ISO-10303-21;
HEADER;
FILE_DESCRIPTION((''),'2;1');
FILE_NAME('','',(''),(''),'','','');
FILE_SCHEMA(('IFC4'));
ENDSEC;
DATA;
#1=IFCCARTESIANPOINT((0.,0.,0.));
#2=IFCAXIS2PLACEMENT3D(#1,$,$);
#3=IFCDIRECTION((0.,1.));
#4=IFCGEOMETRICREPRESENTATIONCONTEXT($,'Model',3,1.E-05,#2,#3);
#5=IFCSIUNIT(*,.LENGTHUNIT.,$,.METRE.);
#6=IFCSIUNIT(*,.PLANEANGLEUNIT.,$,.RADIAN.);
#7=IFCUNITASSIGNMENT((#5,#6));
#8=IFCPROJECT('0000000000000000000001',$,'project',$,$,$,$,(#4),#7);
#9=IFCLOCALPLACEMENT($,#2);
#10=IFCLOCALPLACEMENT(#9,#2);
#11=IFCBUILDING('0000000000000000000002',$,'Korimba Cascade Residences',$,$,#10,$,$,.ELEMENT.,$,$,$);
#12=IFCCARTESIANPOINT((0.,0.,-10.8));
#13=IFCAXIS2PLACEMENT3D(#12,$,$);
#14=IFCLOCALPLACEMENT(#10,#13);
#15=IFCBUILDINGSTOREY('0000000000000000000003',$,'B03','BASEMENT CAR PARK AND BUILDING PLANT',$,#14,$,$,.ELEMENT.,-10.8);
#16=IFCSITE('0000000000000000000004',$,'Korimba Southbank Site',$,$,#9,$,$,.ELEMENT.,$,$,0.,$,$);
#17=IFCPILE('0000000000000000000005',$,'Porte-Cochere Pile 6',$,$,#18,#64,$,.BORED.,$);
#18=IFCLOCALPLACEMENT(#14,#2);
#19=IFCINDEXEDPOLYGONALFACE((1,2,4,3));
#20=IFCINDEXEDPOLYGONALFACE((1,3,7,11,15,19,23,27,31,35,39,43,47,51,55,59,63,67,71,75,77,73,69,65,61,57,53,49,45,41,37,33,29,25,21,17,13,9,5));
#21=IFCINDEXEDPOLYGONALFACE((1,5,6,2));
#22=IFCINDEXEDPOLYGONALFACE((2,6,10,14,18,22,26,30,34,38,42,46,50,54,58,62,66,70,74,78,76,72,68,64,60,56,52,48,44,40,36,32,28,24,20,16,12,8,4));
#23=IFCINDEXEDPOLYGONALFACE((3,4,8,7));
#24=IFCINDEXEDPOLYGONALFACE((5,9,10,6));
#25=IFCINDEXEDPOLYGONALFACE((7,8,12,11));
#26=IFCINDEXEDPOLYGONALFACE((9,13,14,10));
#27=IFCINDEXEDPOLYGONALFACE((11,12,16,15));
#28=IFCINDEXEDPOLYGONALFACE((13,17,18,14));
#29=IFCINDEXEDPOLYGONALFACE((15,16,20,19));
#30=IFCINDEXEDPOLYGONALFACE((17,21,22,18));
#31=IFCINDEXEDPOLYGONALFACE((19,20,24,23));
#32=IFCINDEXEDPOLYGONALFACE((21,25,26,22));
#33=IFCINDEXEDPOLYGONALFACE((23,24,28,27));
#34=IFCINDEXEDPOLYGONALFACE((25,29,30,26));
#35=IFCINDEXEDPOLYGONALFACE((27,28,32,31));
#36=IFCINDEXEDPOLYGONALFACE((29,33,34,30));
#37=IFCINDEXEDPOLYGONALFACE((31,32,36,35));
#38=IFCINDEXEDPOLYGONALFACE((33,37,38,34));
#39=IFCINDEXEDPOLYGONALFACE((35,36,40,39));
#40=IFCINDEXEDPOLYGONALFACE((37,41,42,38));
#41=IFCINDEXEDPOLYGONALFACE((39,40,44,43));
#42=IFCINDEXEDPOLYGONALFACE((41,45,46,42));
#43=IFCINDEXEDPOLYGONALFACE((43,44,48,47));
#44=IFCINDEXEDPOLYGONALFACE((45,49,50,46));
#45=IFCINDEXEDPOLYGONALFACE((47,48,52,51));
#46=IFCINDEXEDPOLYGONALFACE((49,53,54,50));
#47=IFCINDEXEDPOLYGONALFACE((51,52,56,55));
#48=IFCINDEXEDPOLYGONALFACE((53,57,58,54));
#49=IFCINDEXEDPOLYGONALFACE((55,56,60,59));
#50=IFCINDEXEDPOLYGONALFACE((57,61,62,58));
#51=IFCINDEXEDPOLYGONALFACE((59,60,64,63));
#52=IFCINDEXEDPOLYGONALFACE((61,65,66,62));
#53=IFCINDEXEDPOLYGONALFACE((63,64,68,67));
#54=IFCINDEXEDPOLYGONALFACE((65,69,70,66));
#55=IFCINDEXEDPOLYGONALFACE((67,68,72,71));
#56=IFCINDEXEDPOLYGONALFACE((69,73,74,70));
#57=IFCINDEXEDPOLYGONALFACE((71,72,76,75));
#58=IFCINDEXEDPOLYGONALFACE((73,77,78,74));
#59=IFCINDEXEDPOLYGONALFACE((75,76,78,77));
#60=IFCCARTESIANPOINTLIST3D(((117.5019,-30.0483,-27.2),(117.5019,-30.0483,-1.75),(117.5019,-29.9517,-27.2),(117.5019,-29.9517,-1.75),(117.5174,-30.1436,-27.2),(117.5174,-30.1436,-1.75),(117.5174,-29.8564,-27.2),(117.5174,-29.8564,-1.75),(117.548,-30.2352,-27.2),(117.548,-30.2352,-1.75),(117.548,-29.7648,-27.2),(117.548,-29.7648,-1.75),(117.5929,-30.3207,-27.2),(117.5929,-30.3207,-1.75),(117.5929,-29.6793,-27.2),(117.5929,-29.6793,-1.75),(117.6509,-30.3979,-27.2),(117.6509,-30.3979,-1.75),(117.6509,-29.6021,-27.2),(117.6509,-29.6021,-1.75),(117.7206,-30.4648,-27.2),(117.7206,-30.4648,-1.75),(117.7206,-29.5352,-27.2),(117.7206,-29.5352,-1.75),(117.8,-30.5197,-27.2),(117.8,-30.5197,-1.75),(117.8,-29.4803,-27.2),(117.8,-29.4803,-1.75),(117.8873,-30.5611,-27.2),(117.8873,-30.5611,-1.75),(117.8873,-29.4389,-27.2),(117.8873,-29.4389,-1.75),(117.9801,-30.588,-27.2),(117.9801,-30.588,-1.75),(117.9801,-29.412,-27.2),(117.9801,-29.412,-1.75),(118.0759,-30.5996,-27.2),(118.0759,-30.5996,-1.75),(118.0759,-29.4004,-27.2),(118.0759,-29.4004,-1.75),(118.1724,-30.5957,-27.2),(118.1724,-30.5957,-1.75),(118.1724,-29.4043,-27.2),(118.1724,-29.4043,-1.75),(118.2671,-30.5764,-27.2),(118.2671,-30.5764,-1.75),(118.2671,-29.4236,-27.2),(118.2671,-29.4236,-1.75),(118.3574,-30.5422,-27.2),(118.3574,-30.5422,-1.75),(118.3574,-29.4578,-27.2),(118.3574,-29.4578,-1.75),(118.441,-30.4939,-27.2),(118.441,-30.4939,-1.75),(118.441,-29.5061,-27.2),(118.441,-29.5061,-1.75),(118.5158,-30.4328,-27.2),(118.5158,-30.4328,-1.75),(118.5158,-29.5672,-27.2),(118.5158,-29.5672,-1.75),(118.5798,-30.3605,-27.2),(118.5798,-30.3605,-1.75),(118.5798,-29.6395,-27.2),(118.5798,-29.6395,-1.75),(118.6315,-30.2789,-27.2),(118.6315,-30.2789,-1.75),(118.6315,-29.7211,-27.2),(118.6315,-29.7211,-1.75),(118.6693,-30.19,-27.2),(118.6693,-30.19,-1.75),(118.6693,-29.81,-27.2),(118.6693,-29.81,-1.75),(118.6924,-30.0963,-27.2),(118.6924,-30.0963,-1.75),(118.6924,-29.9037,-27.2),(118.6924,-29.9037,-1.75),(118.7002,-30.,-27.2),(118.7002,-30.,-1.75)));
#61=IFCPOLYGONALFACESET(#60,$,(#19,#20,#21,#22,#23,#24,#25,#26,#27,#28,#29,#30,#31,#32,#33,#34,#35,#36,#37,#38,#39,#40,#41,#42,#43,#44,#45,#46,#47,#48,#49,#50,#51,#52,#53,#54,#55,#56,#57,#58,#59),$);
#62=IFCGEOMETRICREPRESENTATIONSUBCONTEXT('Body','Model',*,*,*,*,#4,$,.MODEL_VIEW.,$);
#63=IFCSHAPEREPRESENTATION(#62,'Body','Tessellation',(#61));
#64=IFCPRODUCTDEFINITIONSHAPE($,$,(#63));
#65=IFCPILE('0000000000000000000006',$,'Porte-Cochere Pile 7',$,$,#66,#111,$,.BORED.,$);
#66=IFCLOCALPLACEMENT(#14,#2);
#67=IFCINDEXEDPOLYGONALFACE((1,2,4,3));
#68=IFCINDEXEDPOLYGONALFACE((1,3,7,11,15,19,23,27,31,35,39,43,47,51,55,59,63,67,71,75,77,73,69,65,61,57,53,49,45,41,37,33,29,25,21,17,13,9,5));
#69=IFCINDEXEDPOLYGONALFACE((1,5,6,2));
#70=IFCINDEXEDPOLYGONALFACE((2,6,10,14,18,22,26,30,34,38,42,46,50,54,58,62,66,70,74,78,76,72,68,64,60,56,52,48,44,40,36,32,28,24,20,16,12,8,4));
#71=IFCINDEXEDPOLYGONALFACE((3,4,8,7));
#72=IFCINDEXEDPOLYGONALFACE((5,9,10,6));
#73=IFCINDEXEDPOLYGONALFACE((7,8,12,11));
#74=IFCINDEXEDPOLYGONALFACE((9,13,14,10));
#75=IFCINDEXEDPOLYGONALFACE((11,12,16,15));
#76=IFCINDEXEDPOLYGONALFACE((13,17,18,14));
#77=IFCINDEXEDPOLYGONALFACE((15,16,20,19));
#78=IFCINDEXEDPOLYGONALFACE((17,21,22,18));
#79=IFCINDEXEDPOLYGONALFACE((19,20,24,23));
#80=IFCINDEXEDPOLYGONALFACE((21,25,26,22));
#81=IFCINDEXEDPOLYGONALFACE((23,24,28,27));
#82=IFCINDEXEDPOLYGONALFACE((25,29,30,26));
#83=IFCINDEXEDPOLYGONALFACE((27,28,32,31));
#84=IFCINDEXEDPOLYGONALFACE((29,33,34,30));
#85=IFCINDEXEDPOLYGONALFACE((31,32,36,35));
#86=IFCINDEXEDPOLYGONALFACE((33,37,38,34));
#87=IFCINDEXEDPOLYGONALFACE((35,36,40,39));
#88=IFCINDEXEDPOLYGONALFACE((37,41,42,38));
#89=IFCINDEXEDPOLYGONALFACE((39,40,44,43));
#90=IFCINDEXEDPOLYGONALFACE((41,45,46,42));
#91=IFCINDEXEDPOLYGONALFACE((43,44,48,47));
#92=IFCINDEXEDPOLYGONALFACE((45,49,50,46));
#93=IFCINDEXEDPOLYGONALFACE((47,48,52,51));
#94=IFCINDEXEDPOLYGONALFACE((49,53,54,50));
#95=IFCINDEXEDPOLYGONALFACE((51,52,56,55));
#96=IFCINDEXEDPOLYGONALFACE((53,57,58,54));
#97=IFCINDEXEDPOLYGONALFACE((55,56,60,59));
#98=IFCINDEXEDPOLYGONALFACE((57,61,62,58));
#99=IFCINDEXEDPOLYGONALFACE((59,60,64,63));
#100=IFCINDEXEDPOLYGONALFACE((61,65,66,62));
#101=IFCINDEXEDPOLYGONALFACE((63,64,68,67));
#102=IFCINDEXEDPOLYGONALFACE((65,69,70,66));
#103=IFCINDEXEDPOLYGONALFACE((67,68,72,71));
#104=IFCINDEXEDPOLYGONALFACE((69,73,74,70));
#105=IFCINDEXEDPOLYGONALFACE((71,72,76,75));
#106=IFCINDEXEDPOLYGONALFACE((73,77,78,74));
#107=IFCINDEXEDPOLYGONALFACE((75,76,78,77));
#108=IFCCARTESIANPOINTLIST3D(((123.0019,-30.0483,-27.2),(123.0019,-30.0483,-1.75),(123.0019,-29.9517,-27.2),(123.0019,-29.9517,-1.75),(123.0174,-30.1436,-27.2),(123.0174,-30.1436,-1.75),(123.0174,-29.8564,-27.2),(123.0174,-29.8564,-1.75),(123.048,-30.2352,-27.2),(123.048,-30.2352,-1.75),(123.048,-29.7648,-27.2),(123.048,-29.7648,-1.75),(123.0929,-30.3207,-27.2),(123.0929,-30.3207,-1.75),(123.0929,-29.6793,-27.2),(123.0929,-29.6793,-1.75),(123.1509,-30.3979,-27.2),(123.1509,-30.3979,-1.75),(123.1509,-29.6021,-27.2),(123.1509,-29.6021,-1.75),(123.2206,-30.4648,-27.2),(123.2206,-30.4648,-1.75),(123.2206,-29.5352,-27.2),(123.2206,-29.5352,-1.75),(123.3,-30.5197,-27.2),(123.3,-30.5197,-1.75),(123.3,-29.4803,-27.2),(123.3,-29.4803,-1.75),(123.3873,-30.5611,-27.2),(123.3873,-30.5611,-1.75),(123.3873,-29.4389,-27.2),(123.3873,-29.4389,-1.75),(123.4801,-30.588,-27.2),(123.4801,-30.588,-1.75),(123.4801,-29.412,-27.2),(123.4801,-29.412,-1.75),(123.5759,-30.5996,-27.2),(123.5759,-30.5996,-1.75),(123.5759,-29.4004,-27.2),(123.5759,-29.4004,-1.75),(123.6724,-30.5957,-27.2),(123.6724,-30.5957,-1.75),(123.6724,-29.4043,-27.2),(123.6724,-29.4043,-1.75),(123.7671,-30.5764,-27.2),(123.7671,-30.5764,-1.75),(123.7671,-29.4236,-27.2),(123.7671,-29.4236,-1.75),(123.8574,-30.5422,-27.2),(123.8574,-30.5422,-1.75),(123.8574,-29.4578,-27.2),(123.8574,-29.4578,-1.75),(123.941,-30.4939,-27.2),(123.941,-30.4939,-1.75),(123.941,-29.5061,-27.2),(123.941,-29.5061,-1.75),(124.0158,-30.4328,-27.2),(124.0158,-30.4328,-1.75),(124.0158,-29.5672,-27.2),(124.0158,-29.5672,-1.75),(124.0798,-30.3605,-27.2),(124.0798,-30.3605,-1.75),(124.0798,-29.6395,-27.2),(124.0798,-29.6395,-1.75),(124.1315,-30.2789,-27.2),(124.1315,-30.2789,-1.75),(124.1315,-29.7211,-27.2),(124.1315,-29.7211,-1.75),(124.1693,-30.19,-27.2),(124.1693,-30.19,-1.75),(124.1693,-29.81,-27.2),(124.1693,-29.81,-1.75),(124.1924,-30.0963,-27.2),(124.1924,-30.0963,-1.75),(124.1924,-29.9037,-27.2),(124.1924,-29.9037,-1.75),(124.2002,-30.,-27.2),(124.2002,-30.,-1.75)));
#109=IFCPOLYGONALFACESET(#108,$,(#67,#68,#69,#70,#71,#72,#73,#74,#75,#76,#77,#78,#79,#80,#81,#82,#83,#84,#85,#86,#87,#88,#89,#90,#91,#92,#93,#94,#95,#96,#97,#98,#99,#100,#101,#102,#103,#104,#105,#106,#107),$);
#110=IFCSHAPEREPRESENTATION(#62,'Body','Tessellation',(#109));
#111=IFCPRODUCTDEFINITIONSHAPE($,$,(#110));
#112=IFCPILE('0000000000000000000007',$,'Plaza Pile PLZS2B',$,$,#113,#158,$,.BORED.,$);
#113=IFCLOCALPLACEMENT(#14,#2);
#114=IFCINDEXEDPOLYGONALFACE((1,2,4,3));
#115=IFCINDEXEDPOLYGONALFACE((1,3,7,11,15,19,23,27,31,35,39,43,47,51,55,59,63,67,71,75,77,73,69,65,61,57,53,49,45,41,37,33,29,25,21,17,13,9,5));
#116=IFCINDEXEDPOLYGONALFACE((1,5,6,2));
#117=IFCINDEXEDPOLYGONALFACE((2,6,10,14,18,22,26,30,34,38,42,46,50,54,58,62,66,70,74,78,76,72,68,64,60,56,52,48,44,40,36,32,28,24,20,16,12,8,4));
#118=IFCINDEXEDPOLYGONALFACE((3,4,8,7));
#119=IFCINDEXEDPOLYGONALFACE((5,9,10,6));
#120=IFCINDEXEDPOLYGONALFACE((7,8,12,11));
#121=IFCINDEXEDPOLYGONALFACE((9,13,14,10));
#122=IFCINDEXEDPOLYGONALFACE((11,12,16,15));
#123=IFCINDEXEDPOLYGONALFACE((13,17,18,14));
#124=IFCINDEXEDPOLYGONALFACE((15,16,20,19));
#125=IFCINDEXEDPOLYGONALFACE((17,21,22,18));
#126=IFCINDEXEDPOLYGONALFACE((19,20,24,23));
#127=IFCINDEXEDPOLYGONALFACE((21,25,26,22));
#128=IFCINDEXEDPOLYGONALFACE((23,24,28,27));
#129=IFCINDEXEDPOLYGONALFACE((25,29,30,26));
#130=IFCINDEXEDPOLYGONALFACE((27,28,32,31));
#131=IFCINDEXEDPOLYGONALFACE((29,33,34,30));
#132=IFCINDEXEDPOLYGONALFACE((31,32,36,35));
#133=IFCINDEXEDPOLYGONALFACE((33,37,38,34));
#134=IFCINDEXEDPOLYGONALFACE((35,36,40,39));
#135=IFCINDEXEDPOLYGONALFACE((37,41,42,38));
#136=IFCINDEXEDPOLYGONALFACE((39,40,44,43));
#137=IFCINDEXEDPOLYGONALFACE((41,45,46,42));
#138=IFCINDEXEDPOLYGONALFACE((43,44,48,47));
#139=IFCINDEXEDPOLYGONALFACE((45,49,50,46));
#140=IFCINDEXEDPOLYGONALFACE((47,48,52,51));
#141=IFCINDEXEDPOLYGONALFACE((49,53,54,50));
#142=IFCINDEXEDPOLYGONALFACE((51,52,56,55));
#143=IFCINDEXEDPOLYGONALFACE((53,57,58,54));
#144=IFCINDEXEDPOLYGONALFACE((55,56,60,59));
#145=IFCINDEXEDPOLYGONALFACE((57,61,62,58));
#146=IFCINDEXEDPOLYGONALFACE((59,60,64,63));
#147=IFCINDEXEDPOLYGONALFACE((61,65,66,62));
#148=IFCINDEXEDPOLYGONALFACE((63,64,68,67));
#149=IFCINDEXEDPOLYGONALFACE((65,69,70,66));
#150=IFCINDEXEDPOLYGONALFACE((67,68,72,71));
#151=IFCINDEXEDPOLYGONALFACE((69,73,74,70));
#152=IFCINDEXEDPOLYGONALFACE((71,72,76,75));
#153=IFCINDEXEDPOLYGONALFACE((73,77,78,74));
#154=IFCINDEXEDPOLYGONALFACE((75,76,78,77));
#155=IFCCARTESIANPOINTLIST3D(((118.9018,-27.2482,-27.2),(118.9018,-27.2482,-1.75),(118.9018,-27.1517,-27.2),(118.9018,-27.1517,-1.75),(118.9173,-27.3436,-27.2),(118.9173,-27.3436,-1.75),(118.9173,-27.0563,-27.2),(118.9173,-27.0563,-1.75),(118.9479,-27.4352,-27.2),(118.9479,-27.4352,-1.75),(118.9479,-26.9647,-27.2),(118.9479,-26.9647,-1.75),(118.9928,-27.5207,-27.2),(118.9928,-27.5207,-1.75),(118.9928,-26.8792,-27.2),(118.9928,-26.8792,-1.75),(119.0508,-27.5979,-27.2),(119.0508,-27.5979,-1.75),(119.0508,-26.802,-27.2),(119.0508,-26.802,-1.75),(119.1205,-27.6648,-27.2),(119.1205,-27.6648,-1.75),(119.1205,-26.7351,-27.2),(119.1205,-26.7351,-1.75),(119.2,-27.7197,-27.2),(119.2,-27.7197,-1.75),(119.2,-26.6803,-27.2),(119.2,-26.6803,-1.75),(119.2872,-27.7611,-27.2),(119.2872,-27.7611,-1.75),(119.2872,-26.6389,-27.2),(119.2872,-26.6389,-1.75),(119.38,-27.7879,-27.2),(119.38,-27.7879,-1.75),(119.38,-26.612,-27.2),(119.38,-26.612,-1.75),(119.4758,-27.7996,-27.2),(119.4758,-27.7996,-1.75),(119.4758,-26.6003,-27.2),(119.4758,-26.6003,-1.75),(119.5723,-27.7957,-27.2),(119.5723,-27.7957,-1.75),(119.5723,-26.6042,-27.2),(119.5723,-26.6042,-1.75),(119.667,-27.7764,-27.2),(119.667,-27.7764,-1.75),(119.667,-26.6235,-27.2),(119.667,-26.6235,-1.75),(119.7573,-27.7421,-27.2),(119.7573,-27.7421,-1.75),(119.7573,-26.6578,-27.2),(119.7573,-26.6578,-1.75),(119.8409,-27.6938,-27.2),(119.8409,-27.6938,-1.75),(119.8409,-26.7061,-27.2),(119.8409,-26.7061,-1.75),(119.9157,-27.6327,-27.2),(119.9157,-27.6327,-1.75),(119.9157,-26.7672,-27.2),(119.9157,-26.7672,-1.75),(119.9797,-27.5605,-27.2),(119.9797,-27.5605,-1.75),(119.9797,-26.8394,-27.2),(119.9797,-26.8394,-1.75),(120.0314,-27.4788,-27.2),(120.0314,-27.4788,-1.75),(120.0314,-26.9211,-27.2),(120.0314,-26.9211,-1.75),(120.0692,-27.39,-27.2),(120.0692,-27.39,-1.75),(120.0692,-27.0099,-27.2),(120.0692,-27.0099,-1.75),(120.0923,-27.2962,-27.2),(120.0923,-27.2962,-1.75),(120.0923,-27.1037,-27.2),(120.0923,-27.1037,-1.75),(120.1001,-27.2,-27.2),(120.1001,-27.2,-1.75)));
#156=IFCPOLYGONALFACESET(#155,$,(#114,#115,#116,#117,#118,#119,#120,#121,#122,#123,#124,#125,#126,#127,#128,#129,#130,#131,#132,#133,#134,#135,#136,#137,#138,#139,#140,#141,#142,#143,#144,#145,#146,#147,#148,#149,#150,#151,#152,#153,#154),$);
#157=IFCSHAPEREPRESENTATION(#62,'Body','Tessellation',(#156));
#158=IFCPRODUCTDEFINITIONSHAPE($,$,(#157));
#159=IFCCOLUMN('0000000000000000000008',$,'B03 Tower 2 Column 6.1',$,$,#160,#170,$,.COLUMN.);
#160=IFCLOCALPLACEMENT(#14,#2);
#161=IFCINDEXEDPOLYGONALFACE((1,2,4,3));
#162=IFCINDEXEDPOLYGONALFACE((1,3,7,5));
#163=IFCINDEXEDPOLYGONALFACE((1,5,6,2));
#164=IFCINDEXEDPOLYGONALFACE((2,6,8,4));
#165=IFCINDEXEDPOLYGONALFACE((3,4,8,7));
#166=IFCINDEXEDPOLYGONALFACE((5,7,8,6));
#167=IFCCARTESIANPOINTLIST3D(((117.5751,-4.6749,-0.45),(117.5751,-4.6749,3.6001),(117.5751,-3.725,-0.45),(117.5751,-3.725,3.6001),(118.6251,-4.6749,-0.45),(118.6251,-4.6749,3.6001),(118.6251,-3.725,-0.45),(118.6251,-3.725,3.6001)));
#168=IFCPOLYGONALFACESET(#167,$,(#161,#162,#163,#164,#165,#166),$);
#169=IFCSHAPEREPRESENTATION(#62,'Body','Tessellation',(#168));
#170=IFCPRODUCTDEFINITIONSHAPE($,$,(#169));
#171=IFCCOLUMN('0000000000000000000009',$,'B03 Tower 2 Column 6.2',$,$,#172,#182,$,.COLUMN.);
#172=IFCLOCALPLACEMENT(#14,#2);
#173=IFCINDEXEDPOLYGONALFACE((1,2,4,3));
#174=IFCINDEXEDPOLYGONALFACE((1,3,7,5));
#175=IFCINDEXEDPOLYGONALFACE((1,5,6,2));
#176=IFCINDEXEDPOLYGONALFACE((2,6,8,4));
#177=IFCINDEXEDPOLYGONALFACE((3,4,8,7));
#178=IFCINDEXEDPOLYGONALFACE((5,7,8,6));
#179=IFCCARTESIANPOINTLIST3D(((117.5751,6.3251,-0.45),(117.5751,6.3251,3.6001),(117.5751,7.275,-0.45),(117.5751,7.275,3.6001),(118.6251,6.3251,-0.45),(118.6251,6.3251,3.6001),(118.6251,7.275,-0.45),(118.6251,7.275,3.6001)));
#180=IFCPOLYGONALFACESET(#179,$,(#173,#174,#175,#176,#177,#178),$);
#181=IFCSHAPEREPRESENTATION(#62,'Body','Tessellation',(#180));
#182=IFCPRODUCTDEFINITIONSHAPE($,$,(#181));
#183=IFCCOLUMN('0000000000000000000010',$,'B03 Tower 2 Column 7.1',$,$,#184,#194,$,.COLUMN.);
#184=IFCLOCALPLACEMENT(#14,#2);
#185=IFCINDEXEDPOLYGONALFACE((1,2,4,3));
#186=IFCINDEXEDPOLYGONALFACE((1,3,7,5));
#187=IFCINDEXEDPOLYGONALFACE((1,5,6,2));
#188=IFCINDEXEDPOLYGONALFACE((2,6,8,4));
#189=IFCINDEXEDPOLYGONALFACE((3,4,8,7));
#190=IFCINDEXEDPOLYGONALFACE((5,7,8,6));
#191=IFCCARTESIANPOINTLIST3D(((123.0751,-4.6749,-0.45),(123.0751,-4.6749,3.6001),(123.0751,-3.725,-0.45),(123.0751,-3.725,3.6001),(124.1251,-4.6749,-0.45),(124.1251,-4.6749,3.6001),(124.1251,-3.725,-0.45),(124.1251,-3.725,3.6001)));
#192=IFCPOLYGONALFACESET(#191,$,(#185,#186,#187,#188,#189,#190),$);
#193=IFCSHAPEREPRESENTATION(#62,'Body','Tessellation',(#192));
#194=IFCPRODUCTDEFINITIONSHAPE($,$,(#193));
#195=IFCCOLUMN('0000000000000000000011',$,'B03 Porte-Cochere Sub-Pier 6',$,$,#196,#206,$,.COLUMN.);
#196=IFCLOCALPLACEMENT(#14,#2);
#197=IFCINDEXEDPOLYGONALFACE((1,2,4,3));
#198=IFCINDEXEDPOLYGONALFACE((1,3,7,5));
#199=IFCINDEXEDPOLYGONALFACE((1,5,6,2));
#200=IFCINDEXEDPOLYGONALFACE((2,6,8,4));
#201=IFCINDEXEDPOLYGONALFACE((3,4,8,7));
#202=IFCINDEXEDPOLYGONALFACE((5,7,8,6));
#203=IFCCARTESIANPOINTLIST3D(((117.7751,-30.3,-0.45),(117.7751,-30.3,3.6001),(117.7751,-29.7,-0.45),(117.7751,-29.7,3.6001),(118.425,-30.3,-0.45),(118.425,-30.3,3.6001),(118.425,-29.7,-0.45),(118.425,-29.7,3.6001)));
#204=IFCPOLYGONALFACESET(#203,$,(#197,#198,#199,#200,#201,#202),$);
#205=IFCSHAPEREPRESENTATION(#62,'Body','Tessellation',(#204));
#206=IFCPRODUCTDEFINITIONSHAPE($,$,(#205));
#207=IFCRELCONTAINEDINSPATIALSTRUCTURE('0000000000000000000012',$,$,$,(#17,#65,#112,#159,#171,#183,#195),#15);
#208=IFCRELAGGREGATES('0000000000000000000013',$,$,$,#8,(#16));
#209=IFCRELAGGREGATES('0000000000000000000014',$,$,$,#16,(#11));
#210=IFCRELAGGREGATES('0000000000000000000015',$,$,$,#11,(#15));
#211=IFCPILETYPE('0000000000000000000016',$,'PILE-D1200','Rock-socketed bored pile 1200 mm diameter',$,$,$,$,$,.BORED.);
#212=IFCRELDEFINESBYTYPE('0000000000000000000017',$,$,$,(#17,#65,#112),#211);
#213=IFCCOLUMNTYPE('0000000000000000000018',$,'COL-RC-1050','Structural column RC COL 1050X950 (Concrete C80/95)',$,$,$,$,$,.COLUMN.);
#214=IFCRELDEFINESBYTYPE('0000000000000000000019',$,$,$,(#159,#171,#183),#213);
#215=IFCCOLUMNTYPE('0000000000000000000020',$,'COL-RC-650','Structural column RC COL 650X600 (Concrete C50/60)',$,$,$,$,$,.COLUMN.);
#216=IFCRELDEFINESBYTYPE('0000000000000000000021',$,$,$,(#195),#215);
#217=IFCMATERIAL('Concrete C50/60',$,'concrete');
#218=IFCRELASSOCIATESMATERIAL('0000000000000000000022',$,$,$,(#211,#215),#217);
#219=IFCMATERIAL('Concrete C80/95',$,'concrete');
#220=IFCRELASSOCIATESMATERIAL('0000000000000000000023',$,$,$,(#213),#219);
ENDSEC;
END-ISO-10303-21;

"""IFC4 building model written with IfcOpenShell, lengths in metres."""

from ifc_helpers import new_model, si_unit, direction, frame, origin, origin_2d, place, context, subcontext, project, spatial, rectangle, circle, extrude, material, material_profile, profile_set, type_object, element, save


model = new_model("IFC4")

# Units and contexts
model_context = context("Model", 3, precision=1e-05, world=origin(), true_north=direction((0.0, 1.0)))
body_context = subcontext(model_context, "Body", "Model", "MODEL_VIEW")
ifc_project = project(units=[si_unit("LENGTHUNIT", "METRE"), si_unit("PLANEANGLEUNIT", "RADIAN")], contexts=[model_context])

# Site, building, storey
site_placement = place(None, origin())
site = spatial("IfcSite", under=ifc_project, at=site_placement, Name="Korimba Southbank Site", CompositionType="ELEMENT", RefElevation=0.0)
building_placement = place(site_placement, origin())
building = spatial("IfcBuilding", under=site, at=building_placement, Name="Korimba Cascade Residences", CompositionType="ELEMENT")
storey_placement = place(building_placement, frame((0.0, 0.0, -10.8)))
storey = spatial("IfcBuildingStorey", under=building, at=storey_placement, Name="B03", Description="BASEMENT CAR PARK AND BUILDING PLANT", CompositionType="ELEMENT", Elevation=-10.8)

# Piles
ifc_material_1 = material(Name="Concrete C50/60", Category="concrete")
ifc_material_profile_1 = material_profile(ifc_material_1, circle(Radius=0.6001, at=origin_2d()), Name="Concrete C50/60")
ifc_profile_set_1 = profile_set([ifc_material_profile_1], Name="Concrete C50/60")
pile_type = type_object("IfcPileType", Name="PILE-D1200", Description="Rock-socketed bored pile 1200 mm diameter", PredefinedType="BORED", material=ifc_profile_set_1)
for number, where, z_axis, x_axis, name in (
    (1, (118.1001, -30.0, -1.75), (0.0, 0.0, -1.0), (1.0, 0.0, 0.0), "Porte-Cochere Pile 6"),
    (2, (123.6001, -30.0, -1.75), (0.0, 0.0, -1.0), (1.0, 0.0, 0.0), "Porte-Cochere Pile 7"),
    (3, (119.5, -27.2, -1.75), (0.0, 0.0, -1.0), (1.0, 0.0, 0.0), "Plaza Pile PLZS2B"),
):
    element("IfcPile", number, at=place(storey_placement, frame(where, z_axis=z_axis, x_axis=x_axis)), inside=storey, type_object=pile_type, Name=name, PredefinedType="BORED", context=body_context, shape_type="SweptSolid", body=[
        extrude(circle(Radius=0.6001, at=origin_2d()), origin(), (0.0, 0.0, 1.0), 25.45),
    ])

# Columns
ifc_material_2 = material(Name="Concrete C80/95", Category="concrete")
ifc_material_profile_2 = material_profile(ifc_material_2, rectangle(XDim=1.05, YDim=0.95, at=origin_2d()), Name="Concrete C80/95")
ifc_profile_set_2 = profile_set([ifc_material_profile_2], Name="Concrete C80/95")
column_type_1 = type_object("IfcColumnType", Name="COL-RC-1050", Description="Structural column RC COL 1050X950 (Concrete C80/95)", PredefinedType="COLUMN", material=ifc_profile_set_2)
for number, where, z_axis, x_axis, name in (
    (4, (118.1001, -4.2, -0.45), (0.0, 0.0, 1.0), (1.0, 0.0, 0.0), "B03 Tower 2 Column 6.1"),
    (5, (118.1001, 6.8, -0.45), (0.0, 0.0, 1.0), (1.0, 0.0, 0.0), "B03 Tower 2 Column 6.2"),
    (6, (123.6001, -4.2, -0.45), (0.0, 0.0, 1.0), (1.0, 0.0, 0.0), "B03 Tower 2 Column 7.1"),
):
    element("IfcColumn", number, at=place(storey_placement, frame(where, z_axis=z_axis, x_axis=x_axis)), inside=storey, type_object=column_type_1, Name=name, PredefinedType="COLUMN", context=body_context, shape_type="SweptSolid", body=[
        extrude(rectangle(XDim=1.05, YDim=0.95, at=origin_2d()), origin(), (0.0, 0.0, 1.0), 4.05),
    ])
ifc_material_profile_3 = material_profile(ifc_material_1, rectangle(XDim=0.6499, YDim=0.6001, at=origin_2d()), Name="Concrete C50/60")
ifc_profile_set_3 = profile_set([ifc_material_profile_3], Name="Concrete C50/60")
column_type_2 = type_object("IfcColumnType", Name="COL-RC-650", Description="Structural column RC COL 650X600 (Concrete C50/60)", PredefinedType="COLUMN", material=ifc_profile_set_3)
for number, where, z_axis, x_axis, name in (
    (7, (118.1001, -30.0, -0.45), (0.0, 0.0, 1.0), (1.0, 0.0, 0.0), "B03 Porte-Cochere Sub-Pier 6"),
):
    element("IfcColumn", number, at=place(storey_placement, frame(where, z_axis=z_axis, x_axis=x_axis)), inside=storey, type_object=column_type_2, Name=name, PredefinedType="COLUMN", context=body_context, shape_type="SweptSolid", body=[
        extrude(rectangle(XDim=0.6499, YDim=0.6001, at=origin_2d()), origin(), (0.0, 0.0, 1.0), 4.05),
    ])

save(model, "model.ifc")
